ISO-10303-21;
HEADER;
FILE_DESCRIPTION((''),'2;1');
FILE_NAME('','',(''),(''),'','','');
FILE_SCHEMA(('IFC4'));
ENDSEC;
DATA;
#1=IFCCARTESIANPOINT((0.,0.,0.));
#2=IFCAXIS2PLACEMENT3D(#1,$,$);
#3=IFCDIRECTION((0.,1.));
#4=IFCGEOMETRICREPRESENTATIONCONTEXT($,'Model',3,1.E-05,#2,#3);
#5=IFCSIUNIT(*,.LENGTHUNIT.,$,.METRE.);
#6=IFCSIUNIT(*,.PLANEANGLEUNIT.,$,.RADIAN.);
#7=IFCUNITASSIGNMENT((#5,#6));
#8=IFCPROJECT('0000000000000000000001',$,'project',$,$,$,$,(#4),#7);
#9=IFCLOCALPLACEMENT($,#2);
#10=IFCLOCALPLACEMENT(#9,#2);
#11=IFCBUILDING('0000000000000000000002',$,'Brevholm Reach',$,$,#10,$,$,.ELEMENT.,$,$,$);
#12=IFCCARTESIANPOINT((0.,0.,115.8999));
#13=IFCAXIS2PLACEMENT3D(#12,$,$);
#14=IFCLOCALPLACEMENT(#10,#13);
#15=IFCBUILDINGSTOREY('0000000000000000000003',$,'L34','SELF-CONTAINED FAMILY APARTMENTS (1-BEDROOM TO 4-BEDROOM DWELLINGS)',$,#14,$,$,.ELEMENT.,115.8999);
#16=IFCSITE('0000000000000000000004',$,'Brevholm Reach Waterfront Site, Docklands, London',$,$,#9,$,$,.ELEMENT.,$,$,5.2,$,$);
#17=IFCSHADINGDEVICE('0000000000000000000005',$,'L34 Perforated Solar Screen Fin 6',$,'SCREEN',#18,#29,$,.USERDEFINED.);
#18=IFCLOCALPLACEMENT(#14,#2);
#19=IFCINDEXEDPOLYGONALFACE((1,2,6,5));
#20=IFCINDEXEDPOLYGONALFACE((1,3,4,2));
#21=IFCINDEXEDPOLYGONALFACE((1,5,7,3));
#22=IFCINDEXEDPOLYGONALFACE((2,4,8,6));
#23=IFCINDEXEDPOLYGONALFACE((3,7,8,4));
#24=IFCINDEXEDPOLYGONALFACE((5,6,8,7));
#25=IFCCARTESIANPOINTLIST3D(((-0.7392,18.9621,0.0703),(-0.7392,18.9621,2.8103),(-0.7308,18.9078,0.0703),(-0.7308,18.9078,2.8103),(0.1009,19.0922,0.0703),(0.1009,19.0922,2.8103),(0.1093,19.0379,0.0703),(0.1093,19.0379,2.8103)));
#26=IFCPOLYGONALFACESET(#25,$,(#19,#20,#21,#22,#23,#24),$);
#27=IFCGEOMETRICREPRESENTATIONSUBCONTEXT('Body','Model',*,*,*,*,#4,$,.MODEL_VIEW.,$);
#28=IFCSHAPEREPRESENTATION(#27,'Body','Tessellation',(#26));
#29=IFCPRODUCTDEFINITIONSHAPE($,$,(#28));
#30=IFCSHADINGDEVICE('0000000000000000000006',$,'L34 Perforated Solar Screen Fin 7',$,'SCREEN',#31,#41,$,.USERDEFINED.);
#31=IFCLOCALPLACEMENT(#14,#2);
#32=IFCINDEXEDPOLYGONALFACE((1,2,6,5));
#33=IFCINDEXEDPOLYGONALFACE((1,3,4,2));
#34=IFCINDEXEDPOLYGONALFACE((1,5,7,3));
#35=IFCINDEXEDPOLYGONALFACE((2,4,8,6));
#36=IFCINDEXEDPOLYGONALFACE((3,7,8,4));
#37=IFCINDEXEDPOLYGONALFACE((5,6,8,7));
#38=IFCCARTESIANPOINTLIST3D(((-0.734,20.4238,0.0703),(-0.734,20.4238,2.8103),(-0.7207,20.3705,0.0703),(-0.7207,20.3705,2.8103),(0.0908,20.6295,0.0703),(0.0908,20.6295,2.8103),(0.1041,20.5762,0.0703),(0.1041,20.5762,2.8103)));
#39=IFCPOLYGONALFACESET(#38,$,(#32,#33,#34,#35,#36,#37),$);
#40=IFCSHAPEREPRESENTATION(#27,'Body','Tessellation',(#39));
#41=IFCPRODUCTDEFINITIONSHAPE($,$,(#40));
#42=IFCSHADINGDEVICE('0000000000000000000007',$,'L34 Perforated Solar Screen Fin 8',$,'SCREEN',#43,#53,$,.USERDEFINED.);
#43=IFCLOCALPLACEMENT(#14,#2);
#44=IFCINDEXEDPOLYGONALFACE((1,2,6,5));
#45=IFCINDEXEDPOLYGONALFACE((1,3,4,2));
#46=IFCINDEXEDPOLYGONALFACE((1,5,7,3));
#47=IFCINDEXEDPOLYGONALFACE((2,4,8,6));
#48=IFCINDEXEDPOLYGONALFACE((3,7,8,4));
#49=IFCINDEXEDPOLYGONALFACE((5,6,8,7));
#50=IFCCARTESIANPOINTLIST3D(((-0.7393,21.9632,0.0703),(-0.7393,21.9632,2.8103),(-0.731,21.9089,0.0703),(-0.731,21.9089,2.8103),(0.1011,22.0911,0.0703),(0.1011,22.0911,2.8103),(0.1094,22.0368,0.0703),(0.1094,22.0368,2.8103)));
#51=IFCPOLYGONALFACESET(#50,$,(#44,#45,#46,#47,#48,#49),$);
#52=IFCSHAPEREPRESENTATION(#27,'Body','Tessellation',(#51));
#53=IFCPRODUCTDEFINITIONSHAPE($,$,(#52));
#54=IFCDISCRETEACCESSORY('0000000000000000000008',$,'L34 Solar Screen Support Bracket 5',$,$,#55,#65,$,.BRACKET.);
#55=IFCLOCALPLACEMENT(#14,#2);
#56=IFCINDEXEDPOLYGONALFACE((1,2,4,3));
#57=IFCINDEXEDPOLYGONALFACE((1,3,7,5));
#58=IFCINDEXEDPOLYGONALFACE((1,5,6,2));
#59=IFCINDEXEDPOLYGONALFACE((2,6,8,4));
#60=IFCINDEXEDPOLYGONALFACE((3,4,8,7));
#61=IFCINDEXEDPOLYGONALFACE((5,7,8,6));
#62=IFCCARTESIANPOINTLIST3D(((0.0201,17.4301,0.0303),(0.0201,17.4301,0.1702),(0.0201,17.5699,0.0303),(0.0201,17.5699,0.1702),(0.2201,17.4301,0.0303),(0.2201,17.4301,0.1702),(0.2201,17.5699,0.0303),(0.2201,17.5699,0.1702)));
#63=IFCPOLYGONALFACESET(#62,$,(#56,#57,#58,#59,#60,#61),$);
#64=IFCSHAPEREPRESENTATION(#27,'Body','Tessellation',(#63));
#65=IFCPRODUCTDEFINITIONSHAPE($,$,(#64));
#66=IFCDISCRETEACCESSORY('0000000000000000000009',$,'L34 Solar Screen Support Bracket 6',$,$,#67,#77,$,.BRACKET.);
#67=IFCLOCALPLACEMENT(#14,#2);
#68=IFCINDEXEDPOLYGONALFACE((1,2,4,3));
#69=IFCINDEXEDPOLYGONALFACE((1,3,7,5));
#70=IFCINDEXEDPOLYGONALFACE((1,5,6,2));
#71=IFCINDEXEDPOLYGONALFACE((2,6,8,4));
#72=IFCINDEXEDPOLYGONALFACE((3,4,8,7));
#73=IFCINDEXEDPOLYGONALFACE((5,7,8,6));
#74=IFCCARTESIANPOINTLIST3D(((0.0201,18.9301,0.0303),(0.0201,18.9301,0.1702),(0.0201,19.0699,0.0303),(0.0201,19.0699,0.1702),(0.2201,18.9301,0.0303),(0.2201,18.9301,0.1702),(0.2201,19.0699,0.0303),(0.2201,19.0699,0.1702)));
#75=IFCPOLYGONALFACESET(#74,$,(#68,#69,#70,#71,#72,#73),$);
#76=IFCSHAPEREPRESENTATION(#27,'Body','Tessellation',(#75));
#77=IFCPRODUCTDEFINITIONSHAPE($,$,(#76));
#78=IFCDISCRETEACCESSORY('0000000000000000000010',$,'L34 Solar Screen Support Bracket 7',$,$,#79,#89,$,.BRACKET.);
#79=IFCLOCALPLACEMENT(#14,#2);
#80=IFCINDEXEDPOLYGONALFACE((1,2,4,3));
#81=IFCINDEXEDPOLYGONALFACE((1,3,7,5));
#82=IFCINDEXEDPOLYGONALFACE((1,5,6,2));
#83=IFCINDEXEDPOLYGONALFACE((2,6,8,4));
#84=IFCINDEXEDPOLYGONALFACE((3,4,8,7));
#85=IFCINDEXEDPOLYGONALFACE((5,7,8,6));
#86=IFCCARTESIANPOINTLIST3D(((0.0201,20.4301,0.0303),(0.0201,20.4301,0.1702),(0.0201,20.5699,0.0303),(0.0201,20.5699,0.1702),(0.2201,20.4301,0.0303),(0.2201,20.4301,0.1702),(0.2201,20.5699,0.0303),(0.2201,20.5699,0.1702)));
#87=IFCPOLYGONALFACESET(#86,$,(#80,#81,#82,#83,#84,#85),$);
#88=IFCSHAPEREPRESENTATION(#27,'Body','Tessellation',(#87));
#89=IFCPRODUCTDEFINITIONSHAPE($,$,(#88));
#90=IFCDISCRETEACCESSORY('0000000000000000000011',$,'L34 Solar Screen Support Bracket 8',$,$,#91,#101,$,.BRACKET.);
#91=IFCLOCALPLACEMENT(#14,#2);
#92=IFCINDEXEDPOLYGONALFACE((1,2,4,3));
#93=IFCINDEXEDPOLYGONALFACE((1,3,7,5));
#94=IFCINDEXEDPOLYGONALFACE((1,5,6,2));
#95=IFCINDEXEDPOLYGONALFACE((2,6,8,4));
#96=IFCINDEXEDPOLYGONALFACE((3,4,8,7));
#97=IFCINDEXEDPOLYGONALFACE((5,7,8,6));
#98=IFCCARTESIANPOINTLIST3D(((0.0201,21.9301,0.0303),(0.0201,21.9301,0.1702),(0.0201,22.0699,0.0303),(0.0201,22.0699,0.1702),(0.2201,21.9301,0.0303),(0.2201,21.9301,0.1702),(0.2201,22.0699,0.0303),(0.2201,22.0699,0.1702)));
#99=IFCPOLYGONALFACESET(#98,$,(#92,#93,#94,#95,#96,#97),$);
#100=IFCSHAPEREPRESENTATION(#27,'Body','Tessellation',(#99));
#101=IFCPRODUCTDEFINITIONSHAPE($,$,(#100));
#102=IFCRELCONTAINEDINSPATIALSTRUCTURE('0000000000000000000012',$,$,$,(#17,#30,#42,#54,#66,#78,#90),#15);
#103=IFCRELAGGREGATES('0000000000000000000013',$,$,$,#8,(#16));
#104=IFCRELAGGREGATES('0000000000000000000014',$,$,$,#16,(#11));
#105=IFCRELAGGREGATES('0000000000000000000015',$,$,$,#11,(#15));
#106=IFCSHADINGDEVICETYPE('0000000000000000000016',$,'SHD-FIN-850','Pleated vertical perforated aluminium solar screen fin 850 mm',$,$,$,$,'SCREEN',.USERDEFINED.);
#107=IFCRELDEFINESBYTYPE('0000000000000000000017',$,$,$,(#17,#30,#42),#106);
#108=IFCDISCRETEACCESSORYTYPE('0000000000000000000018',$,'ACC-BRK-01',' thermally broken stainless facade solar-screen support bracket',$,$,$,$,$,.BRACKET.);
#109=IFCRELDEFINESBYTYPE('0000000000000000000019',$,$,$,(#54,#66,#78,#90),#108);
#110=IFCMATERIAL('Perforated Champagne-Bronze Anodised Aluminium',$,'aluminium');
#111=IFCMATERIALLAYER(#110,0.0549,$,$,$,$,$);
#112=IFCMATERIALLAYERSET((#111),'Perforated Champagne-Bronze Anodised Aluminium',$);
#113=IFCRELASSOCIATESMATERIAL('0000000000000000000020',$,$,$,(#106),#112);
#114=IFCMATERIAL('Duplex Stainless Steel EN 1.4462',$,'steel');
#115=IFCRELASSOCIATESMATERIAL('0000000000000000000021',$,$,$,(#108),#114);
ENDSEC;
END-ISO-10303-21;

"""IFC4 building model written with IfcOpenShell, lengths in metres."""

from ifc_helpers import new_model, si_unit, direction, frame, origin, origin_2d, place, context, subcontext, project, spatial, rectangle, extrude, material, layer, layer_set, type_object, element, save


model = new_model("IFC4")

# Units and contexts
model_context = context("Model", 3, precision=1e-05, world=origin(), true_north=direction((0.0, 1.0)))
body_context = subcontext(model_context, "Body", "Model", "MODEL_VIEW")
ifc_project = project(units=[si_unit("LENGTHUNIT", "METRE"), si_unit("PLANEANGLEUNIT", "RADIAN")], contexts=[model_context])

# Site, building, storey
site_placement = place(None, origin())
site = spatial("IfcSite", under=ifc_project, at=site_placement, Name="Brevholm Reach Waterfront Site, Docklands, London", CompositionType="ELEMENT", RefElevation=5.2)
building_placement = place(site_placement, origin())
building = spatial("IfcBuilding", under=site, at=building_placement, Name="Brevholm Reach", CompositionType="ELEMENT")
storey_placement = place(building_placement, frame((0.0, 0.0, 115.8999)))
storey = spatial("IfcBuildingStorey", under=building, at=storey_placement, Name="L34", Description="SELF-CONTAINED FAMILY APARTMENTS (1-BEDROOM TO 4-BEDROOM DWELLINGS)", CompositionType="ELEMENT", Elevation=115.8999)

# Shading devices
ifc_material_1 = material(Name="Perforated Champagne-Bronze Anodised Aluminium", Category="aluminium")
ifc_layer_1 = layer(ifc_material_1, 0.0549)
ifc_layer_set_1 = layer_set([ifc_layer_1], Name="Perforated Champagne-Bronze Anodised Aluminium")
shading_device_type = type_object("IfcShadingDeviceType", Name="SHD-FIN-850", Description="Pleated vertical perforated aluminium solar screen fin 850 mm", ElementType="SCREEN", PredefinedType="USERDEFINED", material=ifc_layer_set_1)
for number, where, z_axis, x_axis, name in (
    (1, (-0.3149, 19.0, 0.0703), (0.0, 0.0, 1.0), (-0.98822, -0.153038, 0.0), "L34 Perforated Solar Screen Fin 6"),
    (2, (-0.3149, 20.5, 0.0703), (0.0, 0.0, 1.0), (-0.970296, -0.241922, 0.0), "L34 Perforated Solar Screen Fin 7"),
    (3, (-0.3149, 22.0, 0.0703), (0.0, 0.0, 1.0), (-0.988615, -0.150467, 0.0), "L34 Perforated Solar Screen Fin 8"),
):
    element("IfcShadingDevice", number, at=place(storey_placement, frame(where, z_axis=z_axis, x_axis=x_axis)), inside=storey, type_object=shading_device_type, Name=name, ObjectType="SCREEN", PredefinedType="USERDEFINED", context=body_context, shape_type="SweptSolid", body=[
        extrude(rectangle(XDim=0.8501, YDim=0.0549, at=origin_2d()), origin(), (0.0, 0.0, 1.0), 2.74),
    ])

# Discrete accessories
ifc_material_2 = material(Name="Duplex Stainless Steel EN 1.4462", Category="steel")
discrete_accessory_type = type_object("IfcDiscreteAccessoryType", Name="ACC-BRK-01", Description=" thermally broken stainless facade solar-screen support bracket", PredefinedType="BRACKET", material=ifc_material_2)
for number, where, z_axis, x_axis, name in (
    (4, (0.1201, 17.5, 0.0303), (0.0, 0.0, 1.0), (-1.0, 0.0, 0.0), "L34 Solar Screen Support Bracket 5"),
    (5, (0.1201, 19.0, 0.0303), (0.0, 0.0, 1.0), (-1.0, 0.0, 0.0), "L34 Solar Screen Support Bracket 6"),
    (6, (0.1201, 20.5, 0.0303), (0.0, 0.0, 1.0), (-1.0, 0.0, 0.0), "L34 Solar Screen Support Bracket 7"),
    (7, (0.1201, 22.0, 0.0303), (0.0, 0.0, 1.0), (-1.0, 0.0, 0.0), "L34 Solar Screen Support Bracket 8"),
):
    element("IfcDiscreteAccessory", number, at=place(storey_placement, frame(where, z_axis=z_axis, x_axis=x_axis)), inside=storey, type_object=discrete_accessory_type, Name=name, PredefinedType="BRACKET", context=body_context, shape_type="SweptSolid", body=[
        extrude(rectangle(XDim=0.2, YDim=0.1399, at=origin_2d()), origin(), (0.0, 0.0, 1.0), 0.1399),
    ])

save(model, "model.ifc")
